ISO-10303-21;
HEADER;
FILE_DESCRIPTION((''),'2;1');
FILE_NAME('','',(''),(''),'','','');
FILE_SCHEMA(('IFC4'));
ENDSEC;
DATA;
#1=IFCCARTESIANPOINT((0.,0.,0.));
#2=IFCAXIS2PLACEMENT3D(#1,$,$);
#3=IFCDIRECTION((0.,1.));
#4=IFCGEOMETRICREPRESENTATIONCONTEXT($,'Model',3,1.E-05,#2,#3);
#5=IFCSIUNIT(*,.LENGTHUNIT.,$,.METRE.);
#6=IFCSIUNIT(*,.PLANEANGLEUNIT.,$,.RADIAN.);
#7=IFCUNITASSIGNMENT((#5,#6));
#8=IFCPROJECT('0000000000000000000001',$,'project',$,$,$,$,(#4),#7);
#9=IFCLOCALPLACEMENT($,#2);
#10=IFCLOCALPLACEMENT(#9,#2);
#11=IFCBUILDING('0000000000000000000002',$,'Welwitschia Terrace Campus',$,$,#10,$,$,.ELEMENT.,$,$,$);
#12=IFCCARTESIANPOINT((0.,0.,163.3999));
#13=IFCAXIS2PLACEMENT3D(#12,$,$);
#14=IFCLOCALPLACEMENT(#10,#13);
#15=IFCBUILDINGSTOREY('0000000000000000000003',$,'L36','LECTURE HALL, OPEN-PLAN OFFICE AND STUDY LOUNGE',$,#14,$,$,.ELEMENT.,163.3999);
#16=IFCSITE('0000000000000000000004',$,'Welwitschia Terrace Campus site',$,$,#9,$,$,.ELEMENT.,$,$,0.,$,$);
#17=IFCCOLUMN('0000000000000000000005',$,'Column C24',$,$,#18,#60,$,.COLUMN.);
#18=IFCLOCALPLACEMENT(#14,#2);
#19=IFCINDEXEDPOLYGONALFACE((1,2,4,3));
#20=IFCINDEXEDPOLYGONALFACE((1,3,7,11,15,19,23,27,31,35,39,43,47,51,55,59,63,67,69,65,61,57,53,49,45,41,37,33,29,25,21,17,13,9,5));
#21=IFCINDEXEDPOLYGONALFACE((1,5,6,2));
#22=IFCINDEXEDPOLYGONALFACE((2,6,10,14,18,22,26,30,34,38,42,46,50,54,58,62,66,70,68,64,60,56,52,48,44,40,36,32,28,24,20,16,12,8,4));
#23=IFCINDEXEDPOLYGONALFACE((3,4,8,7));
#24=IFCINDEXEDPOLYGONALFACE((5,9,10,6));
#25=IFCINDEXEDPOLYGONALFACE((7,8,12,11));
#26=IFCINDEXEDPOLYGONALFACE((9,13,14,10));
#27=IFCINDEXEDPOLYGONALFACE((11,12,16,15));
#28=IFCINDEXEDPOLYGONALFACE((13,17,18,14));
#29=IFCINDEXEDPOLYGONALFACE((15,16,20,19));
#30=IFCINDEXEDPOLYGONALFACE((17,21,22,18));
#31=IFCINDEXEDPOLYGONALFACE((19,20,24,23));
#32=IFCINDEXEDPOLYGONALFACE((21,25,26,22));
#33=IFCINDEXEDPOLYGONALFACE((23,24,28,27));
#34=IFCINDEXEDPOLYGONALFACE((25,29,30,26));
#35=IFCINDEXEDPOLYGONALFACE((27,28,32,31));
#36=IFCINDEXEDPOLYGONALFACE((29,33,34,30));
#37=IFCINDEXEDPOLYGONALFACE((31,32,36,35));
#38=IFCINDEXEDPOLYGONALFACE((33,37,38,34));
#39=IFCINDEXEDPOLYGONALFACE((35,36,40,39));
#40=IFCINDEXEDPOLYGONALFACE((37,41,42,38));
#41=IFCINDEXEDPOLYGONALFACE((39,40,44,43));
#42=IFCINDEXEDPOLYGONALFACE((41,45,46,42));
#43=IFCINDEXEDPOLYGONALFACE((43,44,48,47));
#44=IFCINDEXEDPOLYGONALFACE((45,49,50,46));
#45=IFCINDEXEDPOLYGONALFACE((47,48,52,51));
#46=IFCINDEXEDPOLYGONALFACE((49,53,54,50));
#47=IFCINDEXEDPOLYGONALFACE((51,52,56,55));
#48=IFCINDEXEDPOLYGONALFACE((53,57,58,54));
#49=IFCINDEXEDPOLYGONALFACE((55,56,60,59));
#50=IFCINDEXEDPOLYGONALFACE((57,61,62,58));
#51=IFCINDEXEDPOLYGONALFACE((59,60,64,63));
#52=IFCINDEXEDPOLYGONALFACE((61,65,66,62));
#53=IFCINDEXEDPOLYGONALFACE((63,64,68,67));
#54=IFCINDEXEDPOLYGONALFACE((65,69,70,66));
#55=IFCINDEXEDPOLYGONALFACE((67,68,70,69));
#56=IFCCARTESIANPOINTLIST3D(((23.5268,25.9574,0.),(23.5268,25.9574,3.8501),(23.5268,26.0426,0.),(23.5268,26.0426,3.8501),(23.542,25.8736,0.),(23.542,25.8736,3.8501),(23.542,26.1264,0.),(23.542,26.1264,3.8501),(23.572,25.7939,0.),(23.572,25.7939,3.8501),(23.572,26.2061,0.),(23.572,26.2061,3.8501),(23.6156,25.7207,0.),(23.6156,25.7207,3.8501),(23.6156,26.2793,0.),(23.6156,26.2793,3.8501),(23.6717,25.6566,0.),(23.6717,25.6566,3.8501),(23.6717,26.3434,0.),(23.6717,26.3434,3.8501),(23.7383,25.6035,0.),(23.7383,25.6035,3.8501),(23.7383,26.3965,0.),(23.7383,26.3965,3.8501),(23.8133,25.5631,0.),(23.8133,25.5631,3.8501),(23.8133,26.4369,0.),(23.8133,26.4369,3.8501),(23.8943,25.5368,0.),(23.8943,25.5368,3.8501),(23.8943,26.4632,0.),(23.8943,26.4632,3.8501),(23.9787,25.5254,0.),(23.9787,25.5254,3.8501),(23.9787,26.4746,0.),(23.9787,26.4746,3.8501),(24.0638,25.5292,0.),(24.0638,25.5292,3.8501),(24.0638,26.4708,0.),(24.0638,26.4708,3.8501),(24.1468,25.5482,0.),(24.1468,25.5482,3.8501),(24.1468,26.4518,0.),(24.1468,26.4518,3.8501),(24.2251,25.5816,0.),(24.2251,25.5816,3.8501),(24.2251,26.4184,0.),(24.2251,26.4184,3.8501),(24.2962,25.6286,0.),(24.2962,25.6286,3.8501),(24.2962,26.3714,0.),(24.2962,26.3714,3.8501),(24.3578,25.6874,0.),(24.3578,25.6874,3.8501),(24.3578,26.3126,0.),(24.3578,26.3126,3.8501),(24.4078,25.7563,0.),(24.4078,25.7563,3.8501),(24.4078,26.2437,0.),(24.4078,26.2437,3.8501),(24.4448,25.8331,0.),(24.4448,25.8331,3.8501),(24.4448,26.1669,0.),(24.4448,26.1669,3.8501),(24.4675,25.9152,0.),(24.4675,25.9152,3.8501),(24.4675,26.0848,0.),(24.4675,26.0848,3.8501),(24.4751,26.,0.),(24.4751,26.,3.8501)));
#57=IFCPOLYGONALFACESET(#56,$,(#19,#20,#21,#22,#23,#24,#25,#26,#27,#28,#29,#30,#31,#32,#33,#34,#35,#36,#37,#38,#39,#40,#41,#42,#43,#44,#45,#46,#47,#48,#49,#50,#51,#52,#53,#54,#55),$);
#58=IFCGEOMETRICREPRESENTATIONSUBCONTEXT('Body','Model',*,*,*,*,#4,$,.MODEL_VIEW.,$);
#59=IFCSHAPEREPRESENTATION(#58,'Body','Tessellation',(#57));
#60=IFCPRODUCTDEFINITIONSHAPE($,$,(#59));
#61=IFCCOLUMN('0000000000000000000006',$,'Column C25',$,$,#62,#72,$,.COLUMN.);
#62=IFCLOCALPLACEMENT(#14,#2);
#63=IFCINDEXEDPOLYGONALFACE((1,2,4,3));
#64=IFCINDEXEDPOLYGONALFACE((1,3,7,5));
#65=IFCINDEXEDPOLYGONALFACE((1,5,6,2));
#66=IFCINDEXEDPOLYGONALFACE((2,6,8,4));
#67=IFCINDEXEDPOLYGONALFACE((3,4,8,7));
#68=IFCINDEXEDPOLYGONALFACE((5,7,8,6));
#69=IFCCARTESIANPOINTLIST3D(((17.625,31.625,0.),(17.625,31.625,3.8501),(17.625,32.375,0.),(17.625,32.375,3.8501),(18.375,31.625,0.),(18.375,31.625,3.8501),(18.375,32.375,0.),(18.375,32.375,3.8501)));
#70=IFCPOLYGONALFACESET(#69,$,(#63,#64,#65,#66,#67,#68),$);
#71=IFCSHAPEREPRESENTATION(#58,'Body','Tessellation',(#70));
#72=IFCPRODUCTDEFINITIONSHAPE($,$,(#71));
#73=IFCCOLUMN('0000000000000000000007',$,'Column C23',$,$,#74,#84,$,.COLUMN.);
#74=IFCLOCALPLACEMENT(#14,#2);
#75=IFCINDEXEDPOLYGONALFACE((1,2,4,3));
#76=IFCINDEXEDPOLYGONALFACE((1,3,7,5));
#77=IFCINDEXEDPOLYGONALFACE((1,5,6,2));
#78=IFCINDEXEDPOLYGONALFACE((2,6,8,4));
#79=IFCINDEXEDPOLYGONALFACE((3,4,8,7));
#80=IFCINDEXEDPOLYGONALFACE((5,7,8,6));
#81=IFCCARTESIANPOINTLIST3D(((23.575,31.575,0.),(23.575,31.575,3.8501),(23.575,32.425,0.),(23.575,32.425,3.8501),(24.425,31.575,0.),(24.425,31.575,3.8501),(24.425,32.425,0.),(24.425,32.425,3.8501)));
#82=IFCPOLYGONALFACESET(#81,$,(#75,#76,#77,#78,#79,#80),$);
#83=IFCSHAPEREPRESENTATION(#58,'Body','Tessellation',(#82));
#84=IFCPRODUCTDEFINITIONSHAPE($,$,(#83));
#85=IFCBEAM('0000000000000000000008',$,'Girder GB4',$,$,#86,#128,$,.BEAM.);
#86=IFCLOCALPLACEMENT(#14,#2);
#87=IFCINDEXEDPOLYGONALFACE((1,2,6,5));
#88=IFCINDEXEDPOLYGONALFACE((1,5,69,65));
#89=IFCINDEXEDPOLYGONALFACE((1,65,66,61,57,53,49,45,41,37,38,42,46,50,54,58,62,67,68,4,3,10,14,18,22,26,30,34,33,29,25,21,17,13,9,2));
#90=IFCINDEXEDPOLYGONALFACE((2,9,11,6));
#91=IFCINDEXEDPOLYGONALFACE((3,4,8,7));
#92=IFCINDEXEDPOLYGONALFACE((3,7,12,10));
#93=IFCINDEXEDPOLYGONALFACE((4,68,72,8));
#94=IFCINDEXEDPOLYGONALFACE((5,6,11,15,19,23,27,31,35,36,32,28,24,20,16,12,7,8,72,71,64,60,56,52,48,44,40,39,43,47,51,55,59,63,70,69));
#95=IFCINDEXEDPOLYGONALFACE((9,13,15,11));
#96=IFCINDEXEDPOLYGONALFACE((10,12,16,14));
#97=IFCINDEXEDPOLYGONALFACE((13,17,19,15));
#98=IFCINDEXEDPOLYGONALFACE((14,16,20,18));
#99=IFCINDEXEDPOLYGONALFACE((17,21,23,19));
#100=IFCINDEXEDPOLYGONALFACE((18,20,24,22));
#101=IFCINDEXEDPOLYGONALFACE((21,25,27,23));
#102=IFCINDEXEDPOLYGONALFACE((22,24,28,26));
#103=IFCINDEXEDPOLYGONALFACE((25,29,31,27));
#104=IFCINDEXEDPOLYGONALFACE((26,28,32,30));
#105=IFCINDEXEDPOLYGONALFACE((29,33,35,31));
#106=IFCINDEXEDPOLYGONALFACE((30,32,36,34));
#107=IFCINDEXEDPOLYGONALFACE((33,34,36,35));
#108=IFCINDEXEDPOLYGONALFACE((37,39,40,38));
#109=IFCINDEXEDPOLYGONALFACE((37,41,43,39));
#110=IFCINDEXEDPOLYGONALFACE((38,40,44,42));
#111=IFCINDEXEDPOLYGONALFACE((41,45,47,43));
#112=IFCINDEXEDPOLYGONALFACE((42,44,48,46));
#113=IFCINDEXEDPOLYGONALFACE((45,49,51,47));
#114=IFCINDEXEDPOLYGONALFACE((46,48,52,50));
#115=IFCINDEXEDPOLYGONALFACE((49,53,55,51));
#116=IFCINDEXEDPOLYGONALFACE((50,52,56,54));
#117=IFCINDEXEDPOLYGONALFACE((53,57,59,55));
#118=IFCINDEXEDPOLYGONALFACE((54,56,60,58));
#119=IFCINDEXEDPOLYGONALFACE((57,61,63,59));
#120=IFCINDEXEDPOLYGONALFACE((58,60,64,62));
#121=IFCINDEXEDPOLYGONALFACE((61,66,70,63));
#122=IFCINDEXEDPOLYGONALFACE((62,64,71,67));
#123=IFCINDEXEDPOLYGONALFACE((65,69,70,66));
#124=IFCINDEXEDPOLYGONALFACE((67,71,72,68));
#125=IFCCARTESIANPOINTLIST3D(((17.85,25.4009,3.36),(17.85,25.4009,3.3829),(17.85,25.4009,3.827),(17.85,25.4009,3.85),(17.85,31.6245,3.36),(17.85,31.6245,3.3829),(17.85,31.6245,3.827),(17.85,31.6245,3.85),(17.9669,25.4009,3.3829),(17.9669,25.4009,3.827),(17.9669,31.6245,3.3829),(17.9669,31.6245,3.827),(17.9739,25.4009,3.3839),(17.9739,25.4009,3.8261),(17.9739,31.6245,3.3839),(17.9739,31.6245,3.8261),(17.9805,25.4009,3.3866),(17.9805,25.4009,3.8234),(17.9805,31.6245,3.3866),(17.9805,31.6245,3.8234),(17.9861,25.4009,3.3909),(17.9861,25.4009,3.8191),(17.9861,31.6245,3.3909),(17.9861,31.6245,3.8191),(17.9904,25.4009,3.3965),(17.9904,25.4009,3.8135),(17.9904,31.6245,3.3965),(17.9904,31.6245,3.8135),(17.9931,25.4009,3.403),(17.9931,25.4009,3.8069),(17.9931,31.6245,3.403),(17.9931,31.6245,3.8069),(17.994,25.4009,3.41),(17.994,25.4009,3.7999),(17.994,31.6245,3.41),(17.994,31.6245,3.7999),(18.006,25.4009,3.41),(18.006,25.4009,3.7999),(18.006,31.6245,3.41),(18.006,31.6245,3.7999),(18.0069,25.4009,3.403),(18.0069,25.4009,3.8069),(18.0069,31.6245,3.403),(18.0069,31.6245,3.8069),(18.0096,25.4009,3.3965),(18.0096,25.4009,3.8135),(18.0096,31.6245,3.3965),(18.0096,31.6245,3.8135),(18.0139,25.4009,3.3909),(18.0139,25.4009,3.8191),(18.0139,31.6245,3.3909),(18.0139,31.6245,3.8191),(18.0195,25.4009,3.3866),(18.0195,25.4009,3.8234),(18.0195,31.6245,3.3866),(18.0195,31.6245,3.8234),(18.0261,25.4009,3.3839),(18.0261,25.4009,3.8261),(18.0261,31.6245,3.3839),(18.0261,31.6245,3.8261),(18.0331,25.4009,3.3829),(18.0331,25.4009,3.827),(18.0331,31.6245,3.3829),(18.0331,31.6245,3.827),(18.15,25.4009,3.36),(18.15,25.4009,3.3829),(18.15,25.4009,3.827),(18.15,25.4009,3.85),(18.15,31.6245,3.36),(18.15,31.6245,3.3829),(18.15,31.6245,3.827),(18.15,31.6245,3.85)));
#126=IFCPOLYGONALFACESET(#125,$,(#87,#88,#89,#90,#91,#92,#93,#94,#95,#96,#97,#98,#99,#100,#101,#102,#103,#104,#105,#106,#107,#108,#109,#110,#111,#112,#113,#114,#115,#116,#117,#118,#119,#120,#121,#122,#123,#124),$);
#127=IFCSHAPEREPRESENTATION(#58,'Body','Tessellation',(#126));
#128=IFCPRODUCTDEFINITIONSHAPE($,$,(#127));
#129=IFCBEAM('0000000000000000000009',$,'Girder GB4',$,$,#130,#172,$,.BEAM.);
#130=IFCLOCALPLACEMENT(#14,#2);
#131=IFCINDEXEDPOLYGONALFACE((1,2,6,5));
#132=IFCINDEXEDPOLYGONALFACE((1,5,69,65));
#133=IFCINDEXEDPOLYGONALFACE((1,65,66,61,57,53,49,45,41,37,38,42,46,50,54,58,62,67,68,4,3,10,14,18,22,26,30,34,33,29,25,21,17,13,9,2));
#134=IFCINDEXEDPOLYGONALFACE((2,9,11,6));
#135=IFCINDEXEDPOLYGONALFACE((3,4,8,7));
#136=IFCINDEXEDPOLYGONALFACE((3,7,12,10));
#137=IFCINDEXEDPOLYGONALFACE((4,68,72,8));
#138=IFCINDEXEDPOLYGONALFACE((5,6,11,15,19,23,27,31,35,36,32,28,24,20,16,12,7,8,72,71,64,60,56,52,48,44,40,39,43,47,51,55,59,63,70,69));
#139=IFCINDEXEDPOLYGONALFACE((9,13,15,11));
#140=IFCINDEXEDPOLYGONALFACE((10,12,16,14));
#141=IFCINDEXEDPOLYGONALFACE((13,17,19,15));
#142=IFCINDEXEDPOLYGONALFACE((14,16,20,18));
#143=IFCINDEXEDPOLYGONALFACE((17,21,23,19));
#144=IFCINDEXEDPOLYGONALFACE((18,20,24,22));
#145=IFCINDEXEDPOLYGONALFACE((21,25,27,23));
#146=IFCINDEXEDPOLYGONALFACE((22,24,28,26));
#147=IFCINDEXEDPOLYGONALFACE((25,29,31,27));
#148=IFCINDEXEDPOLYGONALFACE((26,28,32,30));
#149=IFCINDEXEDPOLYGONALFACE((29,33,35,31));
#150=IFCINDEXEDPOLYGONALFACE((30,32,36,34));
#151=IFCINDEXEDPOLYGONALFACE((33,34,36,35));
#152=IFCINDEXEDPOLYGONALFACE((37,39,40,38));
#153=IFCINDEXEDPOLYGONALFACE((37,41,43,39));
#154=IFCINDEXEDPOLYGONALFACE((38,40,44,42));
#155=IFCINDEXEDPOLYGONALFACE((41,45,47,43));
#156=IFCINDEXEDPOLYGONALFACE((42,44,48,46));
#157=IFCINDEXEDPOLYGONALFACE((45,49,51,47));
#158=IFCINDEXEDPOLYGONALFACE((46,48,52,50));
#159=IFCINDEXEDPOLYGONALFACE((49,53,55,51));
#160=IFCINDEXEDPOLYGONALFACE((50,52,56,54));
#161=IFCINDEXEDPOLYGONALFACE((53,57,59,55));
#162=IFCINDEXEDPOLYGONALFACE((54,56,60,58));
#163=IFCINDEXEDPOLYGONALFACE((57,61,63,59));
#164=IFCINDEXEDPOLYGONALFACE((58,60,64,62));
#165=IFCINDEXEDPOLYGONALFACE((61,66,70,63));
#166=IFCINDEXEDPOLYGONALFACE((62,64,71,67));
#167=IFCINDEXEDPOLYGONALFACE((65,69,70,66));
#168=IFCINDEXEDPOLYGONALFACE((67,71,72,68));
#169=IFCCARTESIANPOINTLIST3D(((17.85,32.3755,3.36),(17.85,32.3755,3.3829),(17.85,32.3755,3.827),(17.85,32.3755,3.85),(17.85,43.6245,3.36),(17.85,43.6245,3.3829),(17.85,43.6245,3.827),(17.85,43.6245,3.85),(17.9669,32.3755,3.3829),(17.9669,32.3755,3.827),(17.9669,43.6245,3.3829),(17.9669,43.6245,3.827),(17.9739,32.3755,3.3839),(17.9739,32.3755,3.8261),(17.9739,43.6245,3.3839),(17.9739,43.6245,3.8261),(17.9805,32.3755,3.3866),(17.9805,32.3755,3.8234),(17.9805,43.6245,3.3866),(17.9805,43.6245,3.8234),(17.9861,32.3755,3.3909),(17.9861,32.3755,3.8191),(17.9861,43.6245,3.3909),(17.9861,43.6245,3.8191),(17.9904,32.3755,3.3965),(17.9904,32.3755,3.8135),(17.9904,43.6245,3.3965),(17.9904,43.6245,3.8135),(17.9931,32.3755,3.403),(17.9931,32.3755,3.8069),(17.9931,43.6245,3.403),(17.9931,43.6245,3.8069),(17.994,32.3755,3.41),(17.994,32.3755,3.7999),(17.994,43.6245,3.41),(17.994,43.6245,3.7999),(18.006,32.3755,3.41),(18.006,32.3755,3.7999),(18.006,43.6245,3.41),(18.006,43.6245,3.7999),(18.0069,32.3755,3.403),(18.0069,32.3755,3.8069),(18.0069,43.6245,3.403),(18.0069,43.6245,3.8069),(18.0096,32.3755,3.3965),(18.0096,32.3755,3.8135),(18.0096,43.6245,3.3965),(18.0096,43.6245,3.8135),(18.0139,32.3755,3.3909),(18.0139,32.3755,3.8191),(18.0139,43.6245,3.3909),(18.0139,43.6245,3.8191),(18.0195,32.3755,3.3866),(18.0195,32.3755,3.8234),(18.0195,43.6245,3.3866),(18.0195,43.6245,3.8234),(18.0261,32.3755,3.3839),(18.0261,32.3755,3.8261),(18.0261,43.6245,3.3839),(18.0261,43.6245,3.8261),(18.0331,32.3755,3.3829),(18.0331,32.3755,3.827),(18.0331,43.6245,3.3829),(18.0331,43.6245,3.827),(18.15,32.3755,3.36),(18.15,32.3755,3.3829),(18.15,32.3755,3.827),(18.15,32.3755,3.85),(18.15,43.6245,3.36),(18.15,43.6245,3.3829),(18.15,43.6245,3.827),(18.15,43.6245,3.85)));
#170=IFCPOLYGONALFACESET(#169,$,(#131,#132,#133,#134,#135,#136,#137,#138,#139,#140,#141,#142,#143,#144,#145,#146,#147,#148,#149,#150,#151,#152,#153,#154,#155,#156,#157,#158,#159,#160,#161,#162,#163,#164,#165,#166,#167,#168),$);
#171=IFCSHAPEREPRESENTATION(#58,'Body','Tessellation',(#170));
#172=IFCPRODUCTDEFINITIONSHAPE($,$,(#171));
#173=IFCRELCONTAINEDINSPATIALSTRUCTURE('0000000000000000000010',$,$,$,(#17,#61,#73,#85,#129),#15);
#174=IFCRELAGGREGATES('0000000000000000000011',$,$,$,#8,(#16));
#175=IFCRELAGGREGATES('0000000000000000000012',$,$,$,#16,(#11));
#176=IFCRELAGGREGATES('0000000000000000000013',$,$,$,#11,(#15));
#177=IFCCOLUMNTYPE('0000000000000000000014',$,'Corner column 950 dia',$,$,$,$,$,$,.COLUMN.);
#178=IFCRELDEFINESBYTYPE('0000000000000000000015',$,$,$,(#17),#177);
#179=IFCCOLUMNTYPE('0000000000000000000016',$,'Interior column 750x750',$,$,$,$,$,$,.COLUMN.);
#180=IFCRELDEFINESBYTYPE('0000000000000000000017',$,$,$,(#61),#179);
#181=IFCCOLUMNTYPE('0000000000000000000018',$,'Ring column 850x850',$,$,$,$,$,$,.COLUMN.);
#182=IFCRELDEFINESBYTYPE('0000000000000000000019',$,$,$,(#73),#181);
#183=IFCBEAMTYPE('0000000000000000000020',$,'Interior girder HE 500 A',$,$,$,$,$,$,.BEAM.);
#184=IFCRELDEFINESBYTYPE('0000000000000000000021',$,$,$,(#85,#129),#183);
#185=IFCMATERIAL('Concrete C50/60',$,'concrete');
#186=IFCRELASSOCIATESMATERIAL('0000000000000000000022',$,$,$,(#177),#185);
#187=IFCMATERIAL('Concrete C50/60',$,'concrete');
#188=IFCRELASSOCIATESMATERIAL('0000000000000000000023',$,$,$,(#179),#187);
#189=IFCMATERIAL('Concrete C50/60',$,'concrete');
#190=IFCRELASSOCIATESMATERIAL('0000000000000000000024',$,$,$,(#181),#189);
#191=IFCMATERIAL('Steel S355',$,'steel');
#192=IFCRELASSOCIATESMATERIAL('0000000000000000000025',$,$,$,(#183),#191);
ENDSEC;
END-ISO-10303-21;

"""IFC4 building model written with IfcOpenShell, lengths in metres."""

from ifc_helpers import new_model, si_unit, direction, frame, origin, origin_2d, place, context, subcontext, project, spatial, rectangle, circle, i_section, extrude, material, material_profile, profile_set, type_object, element, save


model = new_model("IFC4")

# Units and contexts
model_context = context("Model", 3, precision=1e-05, world=origin(), true_north=direction((0.0, 1.0)))
body_context = subcontext(model_context, "Body", "Model", "MODEL_VIEW")
ifc_project = project(units=[si_unit("LENGTHUNIT", "METRE"), si_unit("PLANEANGLEUNIT", "RADIAN")], contexts=[model_context])

# Site, building, storey
site_placement = place(None, origin())
site = spatial("IfcSite", under=ifc_project, at=site_placement, Name="Welwitschia Terrace Campus site", CompositionType="ELEMENT", RefElevation=0.0)
building_placement = place(site_placement, origin())
building = spatial("IfcBuilding", under=site, at=building_placement, Name="Welwitschia Terrace Campus", CompositionType="ELEMENT")
storey_placement = place(building_placement, frame((0.0, 0.0, 163.3999)))
storey = spatial("IfcBuildingStorey", under=building, at=storey_placement, Name="L36", Description="LECTURE HALL, OPEN-PLAN OFFICE AND STUDY LOUNGE", CompositionType="ELEMENT", Elevation=163.3999)

# Columns
ifc_material_1 = material(Name="Concrete C50/60", Category="concrete")
ifc_material_profile_1 = material_profile(ifc_material_1, circle(Radius=0.4751, at=origin_2d()))
ifc_profile_set_1 = profile_set([ifc_material_profile_1], Name="Concrete C50/60")
column_type_1 = type_object("IfcColumnType", Name="Corner column 950 dia", PredefinedType="COLUMN", material=ifc_profile_set_1)
column_1_placement = place(storey_placement, frame((24.0, 26.0, 0.0), z_axis=(0.0, 0.0, 1.0), x_axis=(1.0, 0.0, 0.0)))
element("IfcColumn", 1, at=column_1_placement, inside=storey, type_object=column_type_1, Name="Column C24", PredefinedType="COLUMN", context=body_context, shape_type="SweptSolid", body=[
    extrude(circle(Radius=0.4751, at=origin_2d()), origin(), (0.0, 0.0, 1.0), 3.8501),
])
ifc_material_2 = material(Name="Concrete C50/60", Category="concrete")
ifc_material_profile_2 = material_profile(ifc_material_2, rectangle(XDim=0.75, YDim=0.75, at=origin_2d()))
ifc_profile_set_2 = profile_set([ifc_material_profile_2], Name="Concrete C50/60")
column_type_2 = type_object("IfcColumnType", Name="Interior column 750x750", PredefinedType="COLUMN", material=ifc_profile_set_2)
column_2_placement = place(storey_placement, frame((18.0, 32.0, 0.0), z_axis=(0.0, 0.0, 1.0), x_axis=(1.0, 0.0, 0.0)))
element("IfcColumn", 2, at=column_2_placement, inside=storey, type_object=column_type_2, Name="Column C25", PredefinedType="COLUMN", context=body_context, shape_type="SweptSolid", body=[
    extrude(rectangle(XDim=0.75, YDim=0.75, at=origin_2d()), origin(), (0.0, 0.0, 1.0), 3.8501),
])
ifc_material_3 = material(Name="Concrete C50/60", Category="concrete")
ifc_material_profile_3 = material_profile(ifc_material_3, rectangle(XDim=0.8501, YDim=0.8501, at=origin_2d()))
ifc_profile_set_3 = profile_set([ifc_material_profile_3], Name="Concrete C50/60")
column_type_3 = type_object("IfcColumnType", Name="Ring column 850x850", PredefinedType="COLUMN", material=ifc_profile_set_3)
column_3_placement = place(storey_placement, frame((24.0, 32.0, 0.0), z_axis=(0.0, 0.0, 1.0), x_axis=(1.0, 0.0, 0.0)))
element("IfcColumn", 3, at=column_3_placement, inside=storey, type_object=column_type_3, Name="Column C23", PredefinedType="COLUMN", context=body_context, shape_type="SweptSolid", body=[
    extrude(rectangle(XDim=0.8501, YDim=0.8501, at=origin_2d()), origin(), (0.0, 0.0, 1.0), 3.8501),
])

# Beams
ifc_material_4 = material(Name="Steel S355", Category="steel")
ifc_material_profile_4 = material_profile(ifc_material_4, i_section(OverallWidth=0.3, OverallDepth=0.49, WebThickness=0.012, FlangeThickness=0.0229, FilletRadius=0.0271, at=origin_2d()))
ifc_profile_set_4 = profile_set([ifc_material_profile_4], Name="Steel S355")
beam_type_1 = type_object("IfcBeamType", Name="Interior girder HE 500 A", PredefinedType="BEAM", material=ifc_profile_set_4)
beam_1_placement = place(storey_placement, frame((18.0, 25.4009, 3.605), z_axis=(0.0, 1.0, 0.0), x_axis=(-1.0, 0.0, 0.0)))
element("IfcBeam", 4, at=beam_1_placement, inside=storey, type_object=beam_type_1, Name="Girder GB4", PredefinedType="BEAM", context=body_context, shape_type="SweptSolid", body=[
    extrude(i_section(OverallWidth=0.3, OverallDepth=0.49, WebThickness=0.012, FlangeThickness=0.0229, FilletRadius=0.0271, at=origin_2d()), origin(), (0.0, 0.0, 1.0), 6.2236),
])
beam_2_placement = place(storey_placement, frame((18.0, 32.3755, 3.605), z_axis=(0.0, 1.0, 0.0), x_axis=(-1.0, 0.0, 0.0)))
element("IfcBeam", 5, at=beam_2_placement, inside=storey, type_object=beam_type_1, Name="Girder GB4", PredefinedType="BEAM", context=body_context, shape_type="SweptSolid", body=[
    extrude(i_section(OverallWidth=0.3, OverallDepth=0.49, WebThickness=0.012, FlangeThickness=0.0229, FilletRadius=0.0271, at=origin_2d()), origin(), (0.0, 0.0, 1.0), 11.249),
])

save(model, "model.ifc")
